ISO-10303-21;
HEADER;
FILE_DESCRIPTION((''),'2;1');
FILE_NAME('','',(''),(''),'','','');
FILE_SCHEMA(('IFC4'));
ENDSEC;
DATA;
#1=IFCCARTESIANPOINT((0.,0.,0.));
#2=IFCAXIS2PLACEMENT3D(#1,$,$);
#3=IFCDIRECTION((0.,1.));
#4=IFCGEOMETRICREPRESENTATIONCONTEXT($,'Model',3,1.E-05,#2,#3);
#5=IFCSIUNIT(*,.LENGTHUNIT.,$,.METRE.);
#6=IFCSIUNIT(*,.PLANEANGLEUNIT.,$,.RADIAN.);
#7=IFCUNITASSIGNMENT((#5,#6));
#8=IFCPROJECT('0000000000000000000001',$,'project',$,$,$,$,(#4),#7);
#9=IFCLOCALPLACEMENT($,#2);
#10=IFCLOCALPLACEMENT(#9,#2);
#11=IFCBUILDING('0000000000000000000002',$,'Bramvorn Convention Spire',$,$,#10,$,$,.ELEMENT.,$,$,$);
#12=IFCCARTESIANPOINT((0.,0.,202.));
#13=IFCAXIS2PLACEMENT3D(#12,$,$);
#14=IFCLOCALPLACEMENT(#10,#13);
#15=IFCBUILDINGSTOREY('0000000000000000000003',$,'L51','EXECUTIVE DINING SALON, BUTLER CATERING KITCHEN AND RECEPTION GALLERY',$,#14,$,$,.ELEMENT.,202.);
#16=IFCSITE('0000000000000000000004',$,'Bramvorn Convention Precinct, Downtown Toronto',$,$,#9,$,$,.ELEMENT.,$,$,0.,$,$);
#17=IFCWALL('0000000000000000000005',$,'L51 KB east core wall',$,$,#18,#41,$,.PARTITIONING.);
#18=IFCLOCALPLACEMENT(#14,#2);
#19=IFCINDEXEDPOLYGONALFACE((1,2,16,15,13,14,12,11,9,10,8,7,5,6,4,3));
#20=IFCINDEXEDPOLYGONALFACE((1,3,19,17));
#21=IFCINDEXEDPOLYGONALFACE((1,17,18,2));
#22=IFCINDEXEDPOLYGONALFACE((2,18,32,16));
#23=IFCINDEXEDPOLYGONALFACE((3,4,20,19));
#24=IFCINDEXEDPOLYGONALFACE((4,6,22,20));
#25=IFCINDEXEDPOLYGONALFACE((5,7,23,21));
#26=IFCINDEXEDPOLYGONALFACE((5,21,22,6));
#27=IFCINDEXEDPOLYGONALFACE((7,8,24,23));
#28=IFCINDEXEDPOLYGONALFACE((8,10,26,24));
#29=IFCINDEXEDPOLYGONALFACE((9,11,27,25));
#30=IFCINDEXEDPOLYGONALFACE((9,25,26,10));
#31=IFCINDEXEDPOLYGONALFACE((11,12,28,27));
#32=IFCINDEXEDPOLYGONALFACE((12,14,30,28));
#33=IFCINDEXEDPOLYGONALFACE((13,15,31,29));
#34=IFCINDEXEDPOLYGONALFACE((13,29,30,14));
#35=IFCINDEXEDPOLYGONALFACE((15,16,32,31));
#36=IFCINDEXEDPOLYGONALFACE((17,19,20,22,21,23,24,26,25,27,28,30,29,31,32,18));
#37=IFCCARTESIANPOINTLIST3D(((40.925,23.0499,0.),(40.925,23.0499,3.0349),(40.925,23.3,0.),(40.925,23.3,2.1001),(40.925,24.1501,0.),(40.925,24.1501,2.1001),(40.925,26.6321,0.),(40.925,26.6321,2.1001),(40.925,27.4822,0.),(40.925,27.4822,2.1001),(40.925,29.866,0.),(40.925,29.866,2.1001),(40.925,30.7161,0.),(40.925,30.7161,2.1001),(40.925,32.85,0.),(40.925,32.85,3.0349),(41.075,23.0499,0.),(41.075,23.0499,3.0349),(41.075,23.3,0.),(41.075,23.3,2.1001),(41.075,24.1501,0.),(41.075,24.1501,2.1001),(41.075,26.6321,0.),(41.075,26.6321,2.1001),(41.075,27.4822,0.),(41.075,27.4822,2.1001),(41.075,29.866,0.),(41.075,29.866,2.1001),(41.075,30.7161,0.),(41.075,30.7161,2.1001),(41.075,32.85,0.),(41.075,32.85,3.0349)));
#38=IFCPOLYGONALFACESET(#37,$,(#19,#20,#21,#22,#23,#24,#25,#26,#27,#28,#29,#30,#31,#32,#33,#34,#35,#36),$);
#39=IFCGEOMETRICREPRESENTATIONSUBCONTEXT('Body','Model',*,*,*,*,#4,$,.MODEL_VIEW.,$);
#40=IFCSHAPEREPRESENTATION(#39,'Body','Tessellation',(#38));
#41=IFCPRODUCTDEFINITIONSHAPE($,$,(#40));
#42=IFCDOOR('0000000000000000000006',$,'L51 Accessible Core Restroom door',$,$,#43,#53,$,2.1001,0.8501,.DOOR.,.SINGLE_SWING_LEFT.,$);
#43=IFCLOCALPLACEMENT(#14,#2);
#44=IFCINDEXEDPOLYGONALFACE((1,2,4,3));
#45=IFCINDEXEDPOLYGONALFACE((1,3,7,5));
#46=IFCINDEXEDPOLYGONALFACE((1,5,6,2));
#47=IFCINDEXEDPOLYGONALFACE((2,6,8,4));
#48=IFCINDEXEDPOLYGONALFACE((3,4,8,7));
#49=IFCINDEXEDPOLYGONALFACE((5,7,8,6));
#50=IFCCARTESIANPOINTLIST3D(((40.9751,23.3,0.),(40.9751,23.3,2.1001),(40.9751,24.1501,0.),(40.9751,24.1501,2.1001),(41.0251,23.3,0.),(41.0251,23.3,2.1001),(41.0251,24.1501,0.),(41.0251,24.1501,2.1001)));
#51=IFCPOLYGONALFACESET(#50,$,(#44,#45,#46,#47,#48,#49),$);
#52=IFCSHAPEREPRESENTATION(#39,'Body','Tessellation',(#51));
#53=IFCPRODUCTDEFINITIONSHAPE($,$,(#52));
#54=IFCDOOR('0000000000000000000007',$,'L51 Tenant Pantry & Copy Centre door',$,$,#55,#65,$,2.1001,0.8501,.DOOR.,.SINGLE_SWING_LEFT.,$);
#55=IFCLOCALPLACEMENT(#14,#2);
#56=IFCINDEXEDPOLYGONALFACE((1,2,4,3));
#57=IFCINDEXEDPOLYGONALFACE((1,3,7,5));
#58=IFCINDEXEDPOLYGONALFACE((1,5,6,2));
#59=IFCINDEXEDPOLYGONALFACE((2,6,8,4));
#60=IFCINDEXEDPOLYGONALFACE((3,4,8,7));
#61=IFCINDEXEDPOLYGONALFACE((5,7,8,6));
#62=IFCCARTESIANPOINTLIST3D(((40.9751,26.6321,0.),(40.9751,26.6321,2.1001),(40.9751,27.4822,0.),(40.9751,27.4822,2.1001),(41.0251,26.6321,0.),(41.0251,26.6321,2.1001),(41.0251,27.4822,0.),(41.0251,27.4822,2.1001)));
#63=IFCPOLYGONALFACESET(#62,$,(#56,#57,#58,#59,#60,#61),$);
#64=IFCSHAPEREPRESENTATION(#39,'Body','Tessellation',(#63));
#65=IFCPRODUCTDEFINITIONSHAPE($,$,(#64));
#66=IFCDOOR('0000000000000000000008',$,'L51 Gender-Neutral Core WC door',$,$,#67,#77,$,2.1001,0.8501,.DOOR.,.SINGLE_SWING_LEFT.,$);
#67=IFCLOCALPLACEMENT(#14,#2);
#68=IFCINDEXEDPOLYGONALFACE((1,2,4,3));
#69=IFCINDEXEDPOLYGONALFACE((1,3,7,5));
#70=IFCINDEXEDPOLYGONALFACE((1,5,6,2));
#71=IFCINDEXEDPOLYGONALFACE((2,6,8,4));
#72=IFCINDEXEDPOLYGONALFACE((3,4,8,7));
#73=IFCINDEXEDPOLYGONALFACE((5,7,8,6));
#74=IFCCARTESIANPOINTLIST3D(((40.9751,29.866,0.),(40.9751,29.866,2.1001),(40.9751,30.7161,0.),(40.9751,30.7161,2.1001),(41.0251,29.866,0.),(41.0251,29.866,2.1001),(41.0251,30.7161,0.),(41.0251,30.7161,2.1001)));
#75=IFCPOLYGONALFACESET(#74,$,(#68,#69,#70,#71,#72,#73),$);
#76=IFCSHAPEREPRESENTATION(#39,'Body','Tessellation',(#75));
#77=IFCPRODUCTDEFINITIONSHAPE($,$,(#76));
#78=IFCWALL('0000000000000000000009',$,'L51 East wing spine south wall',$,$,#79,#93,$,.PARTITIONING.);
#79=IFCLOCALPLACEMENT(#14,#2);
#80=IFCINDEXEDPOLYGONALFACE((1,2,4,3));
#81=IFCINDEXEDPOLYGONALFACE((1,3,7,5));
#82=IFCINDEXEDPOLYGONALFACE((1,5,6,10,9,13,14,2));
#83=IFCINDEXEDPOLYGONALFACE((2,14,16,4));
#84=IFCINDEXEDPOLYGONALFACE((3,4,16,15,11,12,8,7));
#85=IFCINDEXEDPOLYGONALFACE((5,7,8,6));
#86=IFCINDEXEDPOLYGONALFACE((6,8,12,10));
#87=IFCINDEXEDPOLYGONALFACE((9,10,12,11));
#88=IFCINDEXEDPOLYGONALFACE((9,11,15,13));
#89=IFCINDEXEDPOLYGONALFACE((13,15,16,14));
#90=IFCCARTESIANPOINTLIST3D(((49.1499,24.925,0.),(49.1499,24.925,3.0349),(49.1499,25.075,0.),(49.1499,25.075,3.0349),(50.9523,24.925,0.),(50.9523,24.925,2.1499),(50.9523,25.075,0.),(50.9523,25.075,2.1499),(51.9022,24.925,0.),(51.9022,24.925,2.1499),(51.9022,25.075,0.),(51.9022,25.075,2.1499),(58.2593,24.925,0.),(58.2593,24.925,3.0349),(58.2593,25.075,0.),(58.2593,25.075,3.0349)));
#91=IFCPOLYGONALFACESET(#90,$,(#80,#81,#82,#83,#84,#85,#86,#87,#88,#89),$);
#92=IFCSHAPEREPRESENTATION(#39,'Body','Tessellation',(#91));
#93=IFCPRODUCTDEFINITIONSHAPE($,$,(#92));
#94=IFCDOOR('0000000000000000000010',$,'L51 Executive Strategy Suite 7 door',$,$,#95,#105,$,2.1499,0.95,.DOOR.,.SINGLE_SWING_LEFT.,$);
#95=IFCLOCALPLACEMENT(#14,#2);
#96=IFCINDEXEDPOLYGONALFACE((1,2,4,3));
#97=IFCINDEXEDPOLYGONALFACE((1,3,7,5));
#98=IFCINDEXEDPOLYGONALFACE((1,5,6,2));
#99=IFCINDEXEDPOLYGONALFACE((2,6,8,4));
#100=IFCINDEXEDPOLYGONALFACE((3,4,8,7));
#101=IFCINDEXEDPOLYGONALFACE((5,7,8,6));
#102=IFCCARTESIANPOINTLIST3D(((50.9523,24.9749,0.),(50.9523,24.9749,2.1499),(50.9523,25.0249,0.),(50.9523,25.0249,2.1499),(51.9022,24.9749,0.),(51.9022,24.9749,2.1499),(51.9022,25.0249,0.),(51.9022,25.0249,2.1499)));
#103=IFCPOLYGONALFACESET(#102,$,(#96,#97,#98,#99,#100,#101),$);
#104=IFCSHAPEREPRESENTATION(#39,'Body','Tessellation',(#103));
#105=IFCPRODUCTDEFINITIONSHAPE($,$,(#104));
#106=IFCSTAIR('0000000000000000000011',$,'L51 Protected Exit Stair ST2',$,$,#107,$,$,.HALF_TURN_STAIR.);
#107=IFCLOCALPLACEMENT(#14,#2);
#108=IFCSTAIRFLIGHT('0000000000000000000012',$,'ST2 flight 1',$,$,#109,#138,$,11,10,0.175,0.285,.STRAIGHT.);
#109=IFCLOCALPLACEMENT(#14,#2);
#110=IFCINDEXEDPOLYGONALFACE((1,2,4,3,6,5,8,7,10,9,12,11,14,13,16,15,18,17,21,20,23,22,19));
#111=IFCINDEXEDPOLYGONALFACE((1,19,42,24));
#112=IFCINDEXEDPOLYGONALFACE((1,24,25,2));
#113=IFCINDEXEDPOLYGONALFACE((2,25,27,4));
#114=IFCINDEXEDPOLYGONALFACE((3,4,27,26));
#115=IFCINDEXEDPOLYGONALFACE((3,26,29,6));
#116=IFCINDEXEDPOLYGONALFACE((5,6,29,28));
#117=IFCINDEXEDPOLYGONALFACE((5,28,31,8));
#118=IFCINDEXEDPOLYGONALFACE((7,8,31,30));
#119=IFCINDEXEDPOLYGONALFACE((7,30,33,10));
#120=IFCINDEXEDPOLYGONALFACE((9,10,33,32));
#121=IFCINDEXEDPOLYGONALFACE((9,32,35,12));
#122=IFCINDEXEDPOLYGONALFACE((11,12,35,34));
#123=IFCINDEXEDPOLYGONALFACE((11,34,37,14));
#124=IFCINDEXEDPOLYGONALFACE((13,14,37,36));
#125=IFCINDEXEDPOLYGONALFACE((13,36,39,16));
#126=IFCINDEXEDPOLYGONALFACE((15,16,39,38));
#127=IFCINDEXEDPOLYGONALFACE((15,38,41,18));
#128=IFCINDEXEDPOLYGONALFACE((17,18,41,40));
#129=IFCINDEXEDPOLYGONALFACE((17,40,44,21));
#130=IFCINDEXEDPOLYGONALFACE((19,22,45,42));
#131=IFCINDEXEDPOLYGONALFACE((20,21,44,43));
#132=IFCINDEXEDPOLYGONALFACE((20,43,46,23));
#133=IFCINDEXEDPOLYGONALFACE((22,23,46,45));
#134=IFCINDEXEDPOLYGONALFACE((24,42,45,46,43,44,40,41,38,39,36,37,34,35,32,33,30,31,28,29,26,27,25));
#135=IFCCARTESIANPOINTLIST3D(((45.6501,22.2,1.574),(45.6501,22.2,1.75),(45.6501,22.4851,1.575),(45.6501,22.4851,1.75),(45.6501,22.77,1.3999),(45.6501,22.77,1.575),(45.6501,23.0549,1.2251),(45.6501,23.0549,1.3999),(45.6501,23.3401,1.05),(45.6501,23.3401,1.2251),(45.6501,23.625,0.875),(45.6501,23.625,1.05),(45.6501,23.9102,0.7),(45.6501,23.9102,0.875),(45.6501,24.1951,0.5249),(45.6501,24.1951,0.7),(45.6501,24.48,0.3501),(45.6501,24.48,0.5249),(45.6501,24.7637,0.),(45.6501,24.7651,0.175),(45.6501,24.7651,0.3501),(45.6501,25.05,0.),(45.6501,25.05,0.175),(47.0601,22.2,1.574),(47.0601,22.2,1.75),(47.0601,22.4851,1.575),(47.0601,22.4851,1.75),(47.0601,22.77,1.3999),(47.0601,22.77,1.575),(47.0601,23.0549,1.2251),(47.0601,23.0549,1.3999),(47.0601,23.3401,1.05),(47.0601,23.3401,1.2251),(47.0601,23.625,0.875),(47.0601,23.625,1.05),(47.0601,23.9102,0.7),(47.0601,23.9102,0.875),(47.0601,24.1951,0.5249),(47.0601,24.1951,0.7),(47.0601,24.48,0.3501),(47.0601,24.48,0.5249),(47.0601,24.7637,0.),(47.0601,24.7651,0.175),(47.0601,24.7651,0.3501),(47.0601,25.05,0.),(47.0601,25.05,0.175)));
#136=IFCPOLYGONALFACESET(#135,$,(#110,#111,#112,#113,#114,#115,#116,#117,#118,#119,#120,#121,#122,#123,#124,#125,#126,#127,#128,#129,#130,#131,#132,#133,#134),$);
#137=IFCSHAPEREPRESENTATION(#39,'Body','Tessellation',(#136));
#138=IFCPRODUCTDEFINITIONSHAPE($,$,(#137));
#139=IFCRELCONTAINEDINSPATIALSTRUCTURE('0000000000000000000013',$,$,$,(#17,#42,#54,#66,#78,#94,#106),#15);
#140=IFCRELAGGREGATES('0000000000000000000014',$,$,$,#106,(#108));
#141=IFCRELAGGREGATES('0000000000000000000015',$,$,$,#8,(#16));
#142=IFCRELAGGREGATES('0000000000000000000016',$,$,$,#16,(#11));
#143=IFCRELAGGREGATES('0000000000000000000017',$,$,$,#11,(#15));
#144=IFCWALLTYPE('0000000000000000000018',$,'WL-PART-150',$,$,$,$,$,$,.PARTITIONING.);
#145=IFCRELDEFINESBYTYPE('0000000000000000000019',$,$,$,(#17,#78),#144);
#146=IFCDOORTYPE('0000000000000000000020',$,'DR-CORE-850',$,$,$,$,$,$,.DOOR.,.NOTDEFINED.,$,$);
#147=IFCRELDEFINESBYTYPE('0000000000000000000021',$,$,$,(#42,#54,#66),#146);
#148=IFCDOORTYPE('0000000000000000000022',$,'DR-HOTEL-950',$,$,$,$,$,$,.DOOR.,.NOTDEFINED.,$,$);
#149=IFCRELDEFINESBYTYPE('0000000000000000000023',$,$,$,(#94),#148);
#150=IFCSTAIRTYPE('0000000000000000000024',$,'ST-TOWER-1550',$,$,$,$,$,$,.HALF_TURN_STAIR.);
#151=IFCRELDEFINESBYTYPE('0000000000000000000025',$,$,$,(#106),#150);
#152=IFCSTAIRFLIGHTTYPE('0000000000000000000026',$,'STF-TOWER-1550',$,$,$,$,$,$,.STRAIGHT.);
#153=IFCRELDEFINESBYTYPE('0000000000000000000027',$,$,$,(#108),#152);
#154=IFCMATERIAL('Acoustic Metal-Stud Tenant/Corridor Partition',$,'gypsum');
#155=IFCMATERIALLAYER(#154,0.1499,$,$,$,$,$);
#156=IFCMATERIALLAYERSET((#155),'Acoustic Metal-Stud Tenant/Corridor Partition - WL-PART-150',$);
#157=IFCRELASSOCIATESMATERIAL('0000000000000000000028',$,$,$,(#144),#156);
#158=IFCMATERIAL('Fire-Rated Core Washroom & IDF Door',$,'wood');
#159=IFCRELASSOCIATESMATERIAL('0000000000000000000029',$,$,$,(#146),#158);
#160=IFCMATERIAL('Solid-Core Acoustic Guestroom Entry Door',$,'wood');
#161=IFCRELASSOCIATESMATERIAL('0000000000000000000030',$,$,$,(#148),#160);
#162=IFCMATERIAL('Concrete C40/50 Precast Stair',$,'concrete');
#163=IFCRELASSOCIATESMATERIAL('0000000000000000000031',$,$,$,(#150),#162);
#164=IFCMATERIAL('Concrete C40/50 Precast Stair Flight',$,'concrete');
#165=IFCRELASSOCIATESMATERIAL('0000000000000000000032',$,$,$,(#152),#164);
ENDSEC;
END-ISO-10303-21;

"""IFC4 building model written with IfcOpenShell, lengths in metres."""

from ifc_helpers import new_model, si_unit, direction, frame, frame_2d, origin, place, context, subcontext, project, spatial, polyline, rectangle, outline, extrude, material, layer, layer_set, type_object, element, fill, aggregate, save


model = new_model("IFC4")

# Units and contexts
model_context = context("Model", 3, precision=1e-05, world=origin(), true_north=direction((0.0, 1.0)))
body_context = subcontext(model_context, "Body", "Model", "MODEL_VIEW")
ifc_project = project(units=[si_unit("LENGTHUNIT", "METRE"), si_unit("PLANEANGLEUNIT", "RADIAN")], contexts=[model_context])

# Site, building, storey
site_placement = place(None, origin())
site = spatial("IfcSite", under=ifc_project, at=site_placement, Name="Bramvorn Convention Precinct, Downtown Toronto", CompositionType="ELEMENT", RefElevation=0.0)
building_placement = place(site_placement, origin())
building = spatial("IfcBuilding", under=site, at=building_placement, Name="Bramvorn Convention Spire", CompositionType="ELEMENT")
storey_placement = place(building_placement, frame((0.0, 0.0, 202.0)))
storey = spatial("IfcBuildingStorey", under=building, at=storey_placement, Name="L51", Description="EXECUTIVE DINING SALON, BUTLER CATERING KITCHEN AND RECEPTION GALLERY", CompositionType="ELEMENT", Elevation=202.0)

# Wall, openings, doors
ifc_material_1 = material(Name="Acoustic Metal-Stud Tenant/Corridor Partition", Category="gypsum")
ifc_layer_1 = layer(ifc_material_1, 0.1499)
ifc_layer_set_1 = layer_set([ifc_layer_1], Name="Acoustic Metal-Stud Tenant/Corridor Partition - WL-PART-150")
wall_type_1 = type_object("IfcWallType", Name="WL-PART-150", PredefinedType="PARTITIONING", material=ifc_layer_set_1)
wall_1_placement = place(storey_placement, frame((41.0, 23.05, 0.0), z_axis=(0.0, 0.0, 1.0), x_axis=(0.0, 1.0, 0.0)))
wall_1 = element("IfcWall", 1, at=wall_1_placement, inside=storey, type_object=wall_type_1, Name="L51 KB east core wall", PredefinedType="PARTITIONING", context=body_context, shape_type="SweptSolid", body=[
    extrude(rectangle(XDim=9.8, YDim=0.1499, at=frame_2d((4.8999, 0.0))), origin(), (0.0, 0.0, 1.0), 3.0349),
])
opening_1_placement = place(wall_1_placement, frame((0.25, 0.0, 0.0)))
opening_1 = element("IfcOpeningElement", 2, at=opening_1_placement, cuts=wall_1, PredefinedType="OPENING", context=body_context, shape_type="SweptSolid", body=[
    extrude(rectangle(XDim=0.8501, YDim=2.1001, at=frame_2d((0.425, 1.05))), frame((0.0, 0.085, 0.0), z_axis=(0.0, -1.0, 0.0), x_axis=(1.0, 0.0, 0.0)), (0.0, 0.0, 1.0), 0.1699),
])
opening_2_placement = place(wall_1_placement, frame((3.582, 0.0, 0.0)))
opening_2 = element("IfcOpeningElement", 3, at=opening_2_placement, cuts=wall_1, PredefinedType="OPENING", context=body_context, shape_type="SweptSolid", body=[
    extrude(rectangle(XDim=0.8501, YDim=2.1001, at=frame_2d((0.425, 1.05))), frame((0.0, 0.085, 0.0), z_axis=(0.0, -1.0, 0.0), x_axis=(1.0, 0.0, 0.0)), (0.0, 0.0, 1.0), 0.1699),
])
opening_3_placement = place(wall_1_placement, frame((6.8159, 0.0, 0.0)))
opening_3 = element("IfcOpeningElement", 4, at=opening_3_placement, cuts=wall_1, PredefinedType="OPENING", context=body_context, shape_type="SweptSolid", body=[
    extrude(rectangle(XDim=0.8501, YDim=2.1001, at=frame_2d((0.425, 1.05))), frame((0.0, 0.085, 0.0), z_axis=(0.0, -1.0, 0.0), x_axis=(1.0, 0.0, 0.0)), (0.0, 0.0, 1.0), 0.1699),
])
ifc_material_2 = material(Name="Fire-Rated Core Washroom & IDF Door", Category="wood")
door_type_1 = type_object("IfcDoorType", Name="DR-CORE-850", OperationType="NOTDEFINED", PredefinedType="DOOR", material=ifc_material_2)
door_1_placement = place(opening_1_placement, origin())
door_1 = element("IfcDoor", 5, at=door_1_placement, inside=storey, type_object=door_type_1, Name="L51 Accessible Core Restroom door", OperationType="SINGLE_SWING_LEFT", OverallHeight=2.1001, OverallWidth=0.8501, PredefinedType="DOOR", context=body_context, shape_type="SweptSolid", body=[
    extrude(rectangle(XDim=0.8501, YDim=2.1001, at=frame_2d((0.425, 1.05))), frame((0.0, 0.0249, 0.0), z_axis=(0.0, -1.0, 0.0), x_axis=(1.0, 0.0, 0.0)), (0.0, 0.0, 1.0), 0.05),
])
fill(opening_1, door_1)
door_2_placement = place(opening_2_placement, origin())
door_2 = element("IfcDoor", 6, at=door_2_placement, inside=storey, type_object=door_type_1, Name="L51 Tenant Pantry & Copy Centre door", OperationType="SINGLE_SWING_LEFT", OverallHeight=2.1001, OverallWidth=0.8501, PredefinedType="DOOR", context=body_context, shape_type="SweptSolid", body=[
    extrude(rectangle(XDim=0.8501, YDim=2.1001, at=frame_2d((0.425, 1.05))), frame((0.0, 0.0249, 0.0), z_axis=(0.0, -1.0, 0.0), x_axis=(1.0, 0.0, 0.0)), (0.0, 0.0, 1.0), 0.05),
])
fill(opening_2, door_2)
door_3_placement = place(opening_3_placement, origin())
door_3 = element("IfcDoor", 7, at=door_3_placement, inside=storey, type_object=door_type_1, Name="L51 Gender-Neutral Core WC door", OperationType="SINGLE_SWING_LEFT", OverallHeight=2.1001, OverallWidth=0.8501, PredefinedType="DOOR", context=body_context, shape_type="SweptSolid", body=[
    extrude(rectangle(XDim=0.8501, YDim=2.1001, at=frame_2d((0.425, 1.05))), frame((0.0, 0.0249, 0.0), z_axis=(0.0, -1.0, 0.0), x_axis=(1.0, 0.0, 0.0)), (0.0, 0.0, 1.0), 0.05),
])
fill(opening_3, door_3)

# Wall, opening, door
wall_2_placement = place(storey_placement, frame((49.1499, 25.0, 0.0), z_axis=(0.0, 0.0, 1.0), x_axis=(1.0, 0.0, 0.0)))
wall_2 = element("IfcWall", 8, at=wall_2_placement, inside=storey, type_object=wall_type_1, Name="L51 East wing spine south wall", PredefinedType="PARTITIONING", context=body_context, shape_type="SweptSolid", body=[
    extrude(rectangle(XDim=9.1094, YDim=0.1499, at=frame_2d((4.5547, 0.0))), origin(), (0.0, 0.0, 1.0), 3.0349),
])
opening_4_placement = place(wall_2_placement, frame((1.8022, 0.0, 0.0)))
opening_4 = element("IfcOpeningElement", 9, at=opening_4_placement, cuts=wall_2, PredefinedType="OPENING", context=body_context, shape_type="SweptSolid", body=[
    extrude(rectangle(XDim=0.95, YDim=2.1499, at=frame_2d((0.4751, 1.075))), frame((0.0, 0.085, 0.0), z_axis=(0.0, -1.0, 0.0), x_axis=(1.0, 0.0, 0.0)), (0.0, 0.0, 1.0), 0.1699),
])
ifc_material_3 = material(Name="Solid-Core Acoustic Guestroom Entry Door", Category="wood")
door_type_2 = type_object("IfcDoorType", Name="DR-HOTEL-950", OperationType="NOTDEFINED", PredefinedType="DOOR", material=ifc_material_3)
door_4_placement = place(opening_4_placement, origin())
door_4 = element("IfcDoor", 10, at=door_4_placement, inside=storey, type_object=door_type_2, Name="L51 Executive Strategy Suite 7 door", OperationType="SINGLE_SWING_LEFT", OverallHeight=2.1499, OverallWidth=0.95, PredefinedType="DOOR", context=body_context, shape_type="SweptSolid", body=[
    extrude(rectangle(XDim=0.95, YDim=2.1499, at=frame_2d((0.4751, 1.075))), frame((0.0, 0.0249, 0.0), z_axis=(0.0, -1.0, 0.0), x_axis=(1.0, 0.0, 0.0)), (0.0, 0.0, 1.0), 0.05),
])
fill(opening_4, door_4)

# Stair, stair flight
ifc_material_4 = material(Name="Concrete C40/50 Precast Stair", Category="concrete")
stair_type = type_object("IfcStairType", Name="ST-TOWER-1550", PredefinedType="HALF_TURN_STAIR", material=ifc_material_4)
stair_placement = place(storey_placement, origin())
stair = element("IfcStair", 11, at=stair_placement, inside=storey, type_object=stair_type, Name="L51 Protected Exit Stair ST2", PredefinedType="HALF_TURN_STAIR")
ifc_material_5 = material(Name="Concrete C40/50 Precast Stair Flight", Category="concrete")
stair_flight_type = type_object("IfcStairFlightType", Name="STF-TOWER-1550", PredefinedType="STRAIGHT", material=ifc_material_5)
stair_flight_placement = place(storey_placement, frame((46.355, 25.05, 0.0), z_axis=(0.0, 0.0, 1.0), x_axis=(0.0, -1.0, 0.0)))
stair_flight = element("IfcStairFlight", 12, at=stair_flight_placement, type_object=stair_flight_type, Name="ST2 flight 1", NumberOfRisers=11, NumberOfTreads=10, PredefinedType="STRAIGHT", RiserHeight=0.175, TreadLength=0.285, context=body_context, shape_type="SweptSolid", body=[
    extrude(outline(polyline([(0.0, 0.0), (0.0, 0.175), (0.2849, 0.175), (0.2849, 0.3501), (0.5701, 0.3501), (0.5701, 0.5249), (0.855, 0.5249), (0.855, 0.7), (1.1399, 0.7), (1.1399, 0.875), (1.425, 0.875), (1.425, 1.05), (1.71, 1.05), (1.71, 1.2251), (1.9951, 1.2251), (1.9951, 1.3999), (2.28, 1.3999), (2.28, 1.575), (2.5649, 1.575), (2.5649, 1.75), (2.8501, 1.75), (2.8501, 1.925), (2.8501, 1.574), (0.2864, 0.0), (0.0, 0.0)])), frame((0.0, 0.7051, 0.0), z_axis=(0.0, -1.0, 0.0), x_axis=(1.0, 0.0, 0.0)), (0.0, 0.0, 1.0), 1.4099),
])
aggregate(stair, [stair_flight])

save(model, "model.ifc")
